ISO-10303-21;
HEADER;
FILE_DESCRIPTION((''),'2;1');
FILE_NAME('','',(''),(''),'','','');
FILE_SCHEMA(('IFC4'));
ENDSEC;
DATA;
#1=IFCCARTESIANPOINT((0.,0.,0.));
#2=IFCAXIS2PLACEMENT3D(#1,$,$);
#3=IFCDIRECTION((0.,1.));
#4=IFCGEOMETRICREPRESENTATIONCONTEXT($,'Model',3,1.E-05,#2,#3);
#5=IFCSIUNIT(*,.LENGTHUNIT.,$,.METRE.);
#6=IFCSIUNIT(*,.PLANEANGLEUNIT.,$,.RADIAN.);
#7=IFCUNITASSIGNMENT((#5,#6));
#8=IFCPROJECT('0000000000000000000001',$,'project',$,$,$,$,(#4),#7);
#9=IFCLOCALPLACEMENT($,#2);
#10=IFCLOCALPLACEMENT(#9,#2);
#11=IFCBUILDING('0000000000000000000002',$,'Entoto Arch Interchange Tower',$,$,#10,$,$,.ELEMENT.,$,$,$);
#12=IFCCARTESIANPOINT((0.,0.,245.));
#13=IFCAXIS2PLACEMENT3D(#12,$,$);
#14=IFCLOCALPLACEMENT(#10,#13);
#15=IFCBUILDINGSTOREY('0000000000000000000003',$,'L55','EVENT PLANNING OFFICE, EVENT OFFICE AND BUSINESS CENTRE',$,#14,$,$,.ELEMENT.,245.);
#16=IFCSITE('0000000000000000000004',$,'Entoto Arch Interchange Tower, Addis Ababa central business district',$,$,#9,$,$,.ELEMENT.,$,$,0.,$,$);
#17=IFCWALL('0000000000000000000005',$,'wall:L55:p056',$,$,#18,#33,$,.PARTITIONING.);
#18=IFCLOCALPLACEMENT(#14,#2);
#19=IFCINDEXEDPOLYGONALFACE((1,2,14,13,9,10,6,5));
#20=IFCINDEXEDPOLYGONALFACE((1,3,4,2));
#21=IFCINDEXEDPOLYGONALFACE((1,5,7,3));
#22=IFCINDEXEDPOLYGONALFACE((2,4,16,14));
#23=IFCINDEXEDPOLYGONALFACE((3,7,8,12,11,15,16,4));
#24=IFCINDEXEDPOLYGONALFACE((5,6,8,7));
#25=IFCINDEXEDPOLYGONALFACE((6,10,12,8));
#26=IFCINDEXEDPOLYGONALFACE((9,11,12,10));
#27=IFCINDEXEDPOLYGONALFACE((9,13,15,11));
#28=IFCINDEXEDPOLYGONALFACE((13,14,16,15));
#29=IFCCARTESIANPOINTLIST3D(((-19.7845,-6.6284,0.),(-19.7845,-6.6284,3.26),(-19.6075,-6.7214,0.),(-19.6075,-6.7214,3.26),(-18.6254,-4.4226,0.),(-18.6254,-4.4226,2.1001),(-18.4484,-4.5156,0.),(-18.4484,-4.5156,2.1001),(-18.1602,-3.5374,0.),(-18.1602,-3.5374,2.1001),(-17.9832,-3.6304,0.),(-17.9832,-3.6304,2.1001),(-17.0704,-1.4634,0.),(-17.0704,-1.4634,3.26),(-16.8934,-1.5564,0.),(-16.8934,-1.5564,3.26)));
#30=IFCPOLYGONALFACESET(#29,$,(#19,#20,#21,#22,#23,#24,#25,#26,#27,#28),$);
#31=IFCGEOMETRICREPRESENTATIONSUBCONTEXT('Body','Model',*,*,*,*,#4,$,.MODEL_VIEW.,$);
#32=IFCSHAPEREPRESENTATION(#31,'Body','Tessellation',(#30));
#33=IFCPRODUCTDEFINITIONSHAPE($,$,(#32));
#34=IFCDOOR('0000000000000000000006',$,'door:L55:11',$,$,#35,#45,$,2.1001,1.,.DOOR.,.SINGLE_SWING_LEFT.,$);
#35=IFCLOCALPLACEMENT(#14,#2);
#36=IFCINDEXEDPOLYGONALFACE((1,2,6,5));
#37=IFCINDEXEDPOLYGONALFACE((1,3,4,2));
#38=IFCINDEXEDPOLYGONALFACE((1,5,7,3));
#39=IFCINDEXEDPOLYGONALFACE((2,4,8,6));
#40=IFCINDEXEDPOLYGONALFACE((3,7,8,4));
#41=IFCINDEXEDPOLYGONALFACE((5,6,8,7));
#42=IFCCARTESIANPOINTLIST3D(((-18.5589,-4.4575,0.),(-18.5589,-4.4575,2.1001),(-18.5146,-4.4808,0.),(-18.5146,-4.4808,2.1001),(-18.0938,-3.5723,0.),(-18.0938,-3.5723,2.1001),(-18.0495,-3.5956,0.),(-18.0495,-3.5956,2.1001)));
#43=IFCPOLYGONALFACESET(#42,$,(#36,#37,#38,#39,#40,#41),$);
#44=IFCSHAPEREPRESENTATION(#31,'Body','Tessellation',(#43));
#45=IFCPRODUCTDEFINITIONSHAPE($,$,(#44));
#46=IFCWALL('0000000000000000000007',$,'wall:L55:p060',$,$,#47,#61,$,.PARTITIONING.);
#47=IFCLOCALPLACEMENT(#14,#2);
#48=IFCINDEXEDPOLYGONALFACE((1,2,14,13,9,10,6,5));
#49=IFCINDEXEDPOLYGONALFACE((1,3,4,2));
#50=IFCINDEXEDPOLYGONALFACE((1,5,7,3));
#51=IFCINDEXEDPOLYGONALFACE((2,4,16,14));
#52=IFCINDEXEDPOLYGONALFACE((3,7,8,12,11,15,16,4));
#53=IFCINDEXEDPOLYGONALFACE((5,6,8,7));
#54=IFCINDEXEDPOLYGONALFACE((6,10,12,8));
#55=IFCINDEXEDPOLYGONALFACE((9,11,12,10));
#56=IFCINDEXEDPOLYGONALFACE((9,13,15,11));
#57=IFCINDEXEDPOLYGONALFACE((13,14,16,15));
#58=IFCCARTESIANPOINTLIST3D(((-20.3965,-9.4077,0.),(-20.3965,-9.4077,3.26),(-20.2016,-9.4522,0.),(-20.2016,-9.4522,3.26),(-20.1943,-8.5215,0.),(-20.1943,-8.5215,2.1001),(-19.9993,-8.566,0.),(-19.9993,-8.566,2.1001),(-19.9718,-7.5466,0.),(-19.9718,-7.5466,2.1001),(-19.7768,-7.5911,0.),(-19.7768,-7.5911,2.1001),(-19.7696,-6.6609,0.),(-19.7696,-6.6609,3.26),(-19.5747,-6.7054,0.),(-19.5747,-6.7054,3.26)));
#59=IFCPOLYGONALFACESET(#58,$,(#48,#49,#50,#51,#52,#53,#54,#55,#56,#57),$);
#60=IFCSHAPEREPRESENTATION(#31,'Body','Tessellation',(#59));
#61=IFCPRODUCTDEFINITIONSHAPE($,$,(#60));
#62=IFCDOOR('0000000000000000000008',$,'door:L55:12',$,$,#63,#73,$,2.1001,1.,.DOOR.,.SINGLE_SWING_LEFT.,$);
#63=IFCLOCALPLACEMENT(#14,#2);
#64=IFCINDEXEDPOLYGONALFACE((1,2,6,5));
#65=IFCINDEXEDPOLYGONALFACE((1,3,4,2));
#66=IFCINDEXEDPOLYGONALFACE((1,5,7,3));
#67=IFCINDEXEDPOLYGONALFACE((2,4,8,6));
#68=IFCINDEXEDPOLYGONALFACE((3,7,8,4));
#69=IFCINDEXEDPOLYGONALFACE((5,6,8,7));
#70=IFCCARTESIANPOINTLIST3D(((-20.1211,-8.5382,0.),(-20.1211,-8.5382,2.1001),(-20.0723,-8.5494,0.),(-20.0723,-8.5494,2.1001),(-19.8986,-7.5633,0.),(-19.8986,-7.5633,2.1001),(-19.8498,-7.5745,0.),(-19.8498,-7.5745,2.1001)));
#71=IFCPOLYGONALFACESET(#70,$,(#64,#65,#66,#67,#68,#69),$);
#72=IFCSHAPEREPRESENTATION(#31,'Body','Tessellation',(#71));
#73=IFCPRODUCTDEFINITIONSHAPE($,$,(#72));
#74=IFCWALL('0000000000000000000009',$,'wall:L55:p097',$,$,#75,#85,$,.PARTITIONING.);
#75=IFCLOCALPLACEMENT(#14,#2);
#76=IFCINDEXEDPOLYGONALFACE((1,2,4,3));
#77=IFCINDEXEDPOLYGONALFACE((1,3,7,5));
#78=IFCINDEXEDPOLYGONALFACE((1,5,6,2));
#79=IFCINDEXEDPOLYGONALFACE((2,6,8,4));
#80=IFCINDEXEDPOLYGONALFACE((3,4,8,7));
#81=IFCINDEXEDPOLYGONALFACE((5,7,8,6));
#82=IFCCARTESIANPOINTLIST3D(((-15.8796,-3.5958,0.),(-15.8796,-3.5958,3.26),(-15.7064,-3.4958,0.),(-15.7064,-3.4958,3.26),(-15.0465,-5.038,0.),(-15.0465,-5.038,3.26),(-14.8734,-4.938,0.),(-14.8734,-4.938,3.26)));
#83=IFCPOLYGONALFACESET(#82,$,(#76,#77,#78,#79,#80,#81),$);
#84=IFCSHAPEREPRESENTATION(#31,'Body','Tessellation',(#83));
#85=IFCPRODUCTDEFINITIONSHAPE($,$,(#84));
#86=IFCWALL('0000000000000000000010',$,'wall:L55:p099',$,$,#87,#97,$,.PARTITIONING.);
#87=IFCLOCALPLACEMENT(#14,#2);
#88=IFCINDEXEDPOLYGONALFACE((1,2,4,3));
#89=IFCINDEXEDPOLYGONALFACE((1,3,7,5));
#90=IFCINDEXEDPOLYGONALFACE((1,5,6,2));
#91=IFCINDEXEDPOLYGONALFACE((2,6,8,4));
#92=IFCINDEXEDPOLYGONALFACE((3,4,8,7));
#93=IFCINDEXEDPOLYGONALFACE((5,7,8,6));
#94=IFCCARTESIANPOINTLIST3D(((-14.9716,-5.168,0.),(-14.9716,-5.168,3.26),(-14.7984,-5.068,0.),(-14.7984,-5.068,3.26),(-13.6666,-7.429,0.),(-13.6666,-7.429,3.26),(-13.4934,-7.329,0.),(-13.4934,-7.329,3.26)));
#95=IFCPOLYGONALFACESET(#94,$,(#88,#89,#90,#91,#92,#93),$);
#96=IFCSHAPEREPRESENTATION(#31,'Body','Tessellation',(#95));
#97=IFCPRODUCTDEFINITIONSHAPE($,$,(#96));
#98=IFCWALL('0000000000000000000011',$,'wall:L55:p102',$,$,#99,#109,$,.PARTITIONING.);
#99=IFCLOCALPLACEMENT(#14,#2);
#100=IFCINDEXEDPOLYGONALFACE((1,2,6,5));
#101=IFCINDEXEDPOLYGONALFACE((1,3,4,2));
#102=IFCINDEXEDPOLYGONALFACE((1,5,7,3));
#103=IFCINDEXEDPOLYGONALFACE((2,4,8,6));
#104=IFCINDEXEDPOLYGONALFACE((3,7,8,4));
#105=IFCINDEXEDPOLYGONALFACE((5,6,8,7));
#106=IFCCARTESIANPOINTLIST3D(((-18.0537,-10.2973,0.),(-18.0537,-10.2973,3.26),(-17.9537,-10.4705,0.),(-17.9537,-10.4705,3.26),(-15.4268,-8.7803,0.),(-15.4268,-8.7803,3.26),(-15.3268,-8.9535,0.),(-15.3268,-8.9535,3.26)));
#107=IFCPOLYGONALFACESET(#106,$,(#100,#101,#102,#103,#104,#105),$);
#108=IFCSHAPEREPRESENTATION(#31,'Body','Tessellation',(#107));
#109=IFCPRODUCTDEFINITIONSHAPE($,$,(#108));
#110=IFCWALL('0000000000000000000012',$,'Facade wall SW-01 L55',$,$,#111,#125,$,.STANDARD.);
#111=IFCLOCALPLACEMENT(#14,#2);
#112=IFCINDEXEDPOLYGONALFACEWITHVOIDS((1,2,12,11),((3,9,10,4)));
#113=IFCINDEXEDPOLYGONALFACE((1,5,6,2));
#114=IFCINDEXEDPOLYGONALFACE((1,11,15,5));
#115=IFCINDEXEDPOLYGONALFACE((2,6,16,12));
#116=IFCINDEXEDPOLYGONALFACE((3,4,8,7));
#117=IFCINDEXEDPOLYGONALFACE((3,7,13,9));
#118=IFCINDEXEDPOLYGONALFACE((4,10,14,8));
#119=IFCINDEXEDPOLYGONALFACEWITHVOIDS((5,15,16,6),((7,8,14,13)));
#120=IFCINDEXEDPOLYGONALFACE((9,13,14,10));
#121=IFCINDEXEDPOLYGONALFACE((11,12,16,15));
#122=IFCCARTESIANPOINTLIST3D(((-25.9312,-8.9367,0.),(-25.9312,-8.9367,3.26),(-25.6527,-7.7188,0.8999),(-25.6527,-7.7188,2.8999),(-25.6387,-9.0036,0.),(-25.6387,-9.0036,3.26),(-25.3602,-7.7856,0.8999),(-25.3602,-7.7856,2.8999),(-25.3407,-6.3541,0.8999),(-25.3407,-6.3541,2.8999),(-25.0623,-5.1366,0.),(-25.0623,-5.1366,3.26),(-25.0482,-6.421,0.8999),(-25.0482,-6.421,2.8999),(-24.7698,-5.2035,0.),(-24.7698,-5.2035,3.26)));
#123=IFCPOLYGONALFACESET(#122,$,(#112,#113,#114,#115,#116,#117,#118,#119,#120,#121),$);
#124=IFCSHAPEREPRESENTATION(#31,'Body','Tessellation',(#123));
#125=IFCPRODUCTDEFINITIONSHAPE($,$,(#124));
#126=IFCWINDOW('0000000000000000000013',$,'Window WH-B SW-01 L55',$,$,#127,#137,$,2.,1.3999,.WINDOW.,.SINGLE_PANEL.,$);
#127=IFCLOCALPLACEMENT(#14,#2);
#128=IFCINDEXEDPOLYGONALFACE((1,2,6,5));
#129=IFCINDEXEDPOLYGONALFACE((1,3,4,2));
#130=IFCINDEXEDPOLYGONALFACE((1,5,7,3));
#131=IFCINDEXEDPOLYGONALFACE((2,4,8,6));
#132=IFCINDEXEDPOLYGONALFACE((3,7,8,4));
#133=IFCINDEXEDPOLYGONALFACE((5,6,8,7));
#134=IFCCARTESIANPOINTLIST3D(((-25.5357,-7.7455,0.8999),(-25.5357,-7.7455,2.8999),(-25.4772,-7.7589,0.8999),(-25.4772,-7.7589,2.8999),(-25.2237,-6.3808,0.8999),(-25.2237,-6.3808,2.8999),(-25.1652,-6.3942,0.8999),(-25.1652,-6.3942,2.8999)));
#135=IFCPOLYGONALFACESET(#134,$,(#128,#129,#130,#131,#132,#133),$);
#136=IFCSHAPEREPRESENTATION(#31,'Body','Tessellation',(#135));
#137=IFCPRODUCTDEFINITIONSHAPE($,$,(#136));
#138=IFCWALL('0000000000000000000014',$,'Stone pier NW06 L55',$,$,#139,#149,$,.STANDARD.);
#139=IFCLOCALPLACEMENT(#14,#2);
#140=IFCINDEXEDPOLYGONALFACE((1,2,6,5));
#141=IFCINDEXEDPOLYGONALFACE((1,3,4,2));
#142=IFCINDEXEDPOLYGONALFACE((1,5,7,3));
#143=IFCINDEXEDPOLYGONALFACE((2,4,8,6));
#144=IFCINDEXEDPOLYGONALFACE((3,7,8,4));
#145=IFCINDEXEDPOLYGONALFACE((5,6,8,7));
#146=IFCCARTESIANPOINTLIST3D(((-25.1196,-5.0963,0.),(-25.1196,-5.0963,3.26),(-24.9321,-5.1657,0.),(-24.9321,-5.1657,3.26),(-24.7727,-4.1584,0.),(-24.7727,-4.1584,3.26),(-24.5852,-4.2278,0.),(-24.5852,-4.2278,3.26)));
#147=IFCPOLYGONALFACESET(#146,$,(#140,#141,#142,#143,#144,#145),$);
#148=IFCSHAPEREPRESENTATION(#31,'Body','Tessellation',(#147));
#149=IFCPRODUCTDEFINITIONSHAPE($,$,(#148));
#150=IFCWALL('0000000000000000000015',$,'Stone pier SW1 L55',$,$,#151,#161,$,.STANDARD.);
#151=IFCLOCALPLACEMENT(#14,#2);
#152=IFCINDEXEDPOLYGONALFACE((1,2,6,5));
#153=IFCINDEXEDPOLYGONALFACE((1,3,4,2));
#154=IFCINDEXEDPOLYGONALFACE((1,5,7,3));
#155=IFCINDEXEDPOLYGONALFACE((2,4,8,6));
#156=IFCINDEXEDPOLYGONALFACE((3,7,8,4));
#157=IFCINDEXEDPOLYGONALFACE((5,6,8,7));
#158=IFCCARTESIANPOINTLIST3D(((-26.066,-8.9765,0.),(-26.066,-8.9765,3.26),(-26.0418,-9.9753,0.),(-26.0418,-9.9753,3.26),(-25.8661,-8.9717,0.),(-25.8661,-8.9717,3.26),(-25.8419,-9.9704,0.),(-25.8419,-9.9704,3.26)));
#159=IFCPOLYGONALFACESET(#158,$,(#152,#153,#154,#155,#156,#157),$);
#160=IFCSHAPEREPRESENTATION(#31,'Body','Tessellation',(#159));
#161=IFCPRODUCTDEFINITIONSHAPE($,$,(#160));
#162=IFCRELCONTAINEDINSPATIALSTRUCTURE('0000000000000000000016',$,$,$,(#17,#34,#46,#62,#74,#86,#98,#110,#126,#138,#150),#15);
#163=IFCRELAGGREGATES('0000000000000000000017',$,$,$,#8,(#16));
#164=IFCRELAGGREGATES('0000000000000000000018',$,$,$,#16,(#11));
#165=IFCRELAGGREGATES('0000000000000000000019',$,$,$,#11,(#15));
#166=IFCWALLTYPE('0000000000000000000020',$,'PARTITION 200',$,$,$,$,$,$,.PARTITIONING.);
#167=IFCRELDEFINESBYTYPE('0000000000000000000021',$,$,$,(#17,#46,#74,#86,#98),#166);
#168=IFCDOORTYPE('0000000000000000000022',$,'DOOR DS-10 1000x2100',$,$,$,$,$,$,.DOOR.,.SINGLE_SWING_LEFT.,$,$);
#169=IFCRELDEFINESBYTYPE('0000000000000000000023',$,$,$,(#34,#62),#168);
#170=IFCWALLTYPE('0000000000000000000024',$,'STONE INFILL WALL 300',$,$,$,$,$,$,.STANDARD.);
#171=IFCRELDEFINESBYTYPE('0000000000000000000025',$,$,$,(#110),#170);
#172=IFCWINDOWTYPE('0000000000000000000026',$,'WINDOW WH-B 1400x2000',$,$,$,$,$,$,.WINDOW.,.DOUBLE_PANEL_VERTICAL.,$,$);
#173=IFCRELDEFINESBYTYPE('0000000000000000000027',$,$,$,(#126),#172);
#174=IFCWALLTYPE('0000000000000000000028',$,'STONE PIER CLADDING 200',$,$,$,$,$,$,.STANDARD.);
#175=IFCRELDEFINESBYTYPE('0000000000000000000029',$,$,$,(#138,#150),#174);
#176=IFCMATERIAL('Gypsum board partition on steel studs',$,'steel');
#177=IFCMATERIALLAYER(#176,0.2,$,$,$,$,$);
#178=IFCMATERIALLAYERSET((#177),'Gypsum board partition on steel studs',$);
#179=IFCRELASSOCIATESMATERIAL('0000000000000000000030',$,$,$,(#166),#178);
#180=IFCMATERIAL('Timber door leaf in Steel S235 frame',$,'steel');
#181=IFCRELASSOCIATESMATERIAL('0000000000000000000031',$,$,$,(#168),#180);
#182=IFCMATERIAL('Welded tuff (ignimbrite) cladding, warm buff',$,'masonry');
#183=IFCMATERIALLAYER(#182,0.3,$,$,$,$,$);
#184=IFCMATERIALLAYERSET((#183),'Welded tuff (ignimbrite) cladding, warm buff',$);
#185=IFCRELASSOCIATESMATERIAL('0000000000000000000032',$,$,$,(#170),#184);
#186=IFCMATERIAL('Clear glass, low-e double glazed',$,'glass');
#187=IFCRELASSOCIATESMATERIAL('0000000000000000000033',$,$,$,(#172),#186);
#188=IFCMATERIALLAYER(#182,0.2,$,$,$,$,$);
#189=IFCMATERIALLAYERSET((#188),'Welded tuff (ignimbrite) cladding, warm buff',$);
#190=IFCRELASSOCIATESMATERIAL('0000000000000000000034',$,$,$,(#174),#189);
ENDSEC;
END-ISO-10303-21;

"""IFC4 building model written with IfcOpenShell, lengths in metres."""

from ifc_helpers import new_model, si_unit, direction, frame, frame_2d, origin, place, context, subcontext, project, spatial, rectangle, extrude, material, layer, layer_set, type_object, element, fill, save


model = new_model("IFC4")

# Units and contexts
model_context = context("Model", 3, precision=1e-05, world=origin(), true_north=direction((0.0, 1.0)))
body_context = subcontext(model_context, "Body", "Model", "MODEL_VIEW")
ifc_project = project(units=[si_unit("LENGTHUNIT", "METRE"), si_unit("PLANEANGLEUNIT", "RADIAN")], contexts=[model_context])

# Site, building, storey
site_placement = place(None, origin())
site = spatial("IfcSite", under=ifc_project, at=site_placement, Name="Entoto Arch Interchange Tower, Addis Ababa central business district", CompositionType="ELEMENT", RefElevation=0.0)
building_placement = place(site_placement, origin())
building = spatial("IfcBuilding", under=site, at=building_placement, Name="Entoto Arch Interchange Tower", CompositionType="ELEMENT")
storey_placement = place(building_placement, frame((0.0, 0.0, 245.0)))
storey = spatial("IfcBuildingStorey", under=building, at=storey_placement, Name="L55", Description="EVENT PLANNING OFFICE, EVENT OFFICE AND BUSINESS CENTRE", CompositionType="ELEMENT", Elevation=245.0)

# Shared definitions
ifc_material_1 = material(Name="Gypsum board partition on steel studs", Category="steel")
ifc_layer_1 = layer(ifc_material_1, 0.2)
ifc_layer_set_1 = layer_set([ifc_layer_1], Name="Gypsum board partition on steel studs")
wall_type_1 = type_object("IfcWallType", Name="PARTITION 200", PredefinedType="PARTITIONING", material=ifc_layer_set_1)

# Shared definitions
ifc_material_2 = material(Name="Timber door leaf in Steel S235 frame", Category="steel")
door_type = type_object("IfcDoorType", Name="DOOR DS-10 1000x2100", OperationType="SINGLE_SWING_LEFT", PredefinedType="DOOR", material=ifc_material_2)

# Walls, openings, doors
wall_1_placement = place(storey_placement, frame((-19.696, -6.675, 0.0), z_axis=(0.0, 0.0, 1.0), x_axis=(0.465165, 0.885224, 0.0)))
wall_1 = element("IfcWall", 1, at=wall_1_placement, inside=storey, type_object=wall_type_1, Name="wall:L55:p056", PredefinedType="PARTITIONING", context=body_context, shape_type="SweptSolid", body=[
    extrude(rectangle(XDim=5.8347, YDim=0.2, at=frame_2d((2.9175, 0.0))), origin(), (0.0, 0.0, 1.0), 3.26),
])
opening_1_placement = place(wall_1_placement, frame((2.4919, 0.0, 0.0)))
opening_1 = element("IfcOpeningElement", 2, at=opening_1_placement, cuts=wall_1, PredefinedType="OPENING", context=body_context, shape_type="SweptSolid", body=[
    extrude(rectangle(XDim=1.0, YDim=2.1001, at=frame_2d((0.5, 1.05))), frame((0.0, 0.1099, 0.0), z_axis=(0.0, -1.0, 0.0), x_axis=(1.0, 0.0, 0.0)), (0.0, 0.0, 1.0), 0.22),
])
door_1_placement = place(opening_1_placement, origin())
door_1 = element("IfcDoor", 3, at=door_1_placement, inside=storey, type_object=door_type, Name="door:L55:11", OperationType="SINGLE_SWING_LEFT", OverallHeight=2.1001, OverallWidth=1.0, PredefinedType="DOOR", context=body_context, shape_type="SweptSolid", body=[
    extrude(rectangle(XDim=1.0, YDim=2.1001, at=frame_2d((0.5, 1.05))), frame((0.0, 0.0249, 0.0), z_axis=(0.0, -1.0, 0.0), x_axis=(1.0, 0.0, 0.0)), (0.0, 0.0, 1.0), 0.05),
])
fill(opening_1, door_1)
wall_2_placement = place(storey_placement, frame((-20.2991, -9.4299, 0.0), z_axis=(0.0, 0.0, 1.0), x_axis=(0.222524, 0.974927, 0.0)))
wall_2 = element("IfcWall", 4, at=wall_2_placement, inside=storey, type_object=wall_type_1, Name="wall:L55:p060", PredefinedType="PARTITIONING", context=body_context, shape_type="SweptSolid", body=[
    extrude(rectangle(XDim=2.8174, YDim=0.2, at=frame_2d((1.4087, 0.0))), origin(), (0.0, 0.0, 1.0), 3.26),
])
opening_2_placement = place(wall_2_placement, frame((0.9089, 0.0, 0.0)))
opening_2 = element("IfcOpeningElement", 5, at=opening_2_placement, cuts=wall_2, PredefinedType="OPENING", context=body_context, shape_type="SweptSolid", body=[
    extrude(rectangle(XDim=1.0, YDim=2.1001, at=frame_2d((0.5, 1.05))), frame((0.0, 0.1099, 0.0), z_axis=(0.0, -1.0, 0.0), x_axis=(1.0, 0.0, 0.0)), (0.0, 0.0, 1.0), 0.22),
])
door_2_placement = place(opening_2_placement, origin())
door_2 = element("IfcDoor", 6, at=door_2_placement, inside=storey, type_object=door_type, Name="door:L55:12", OperationType="SINGLE_SWING_LEFT", OverallHeight=2.1001, OverallWidth=1.0, PredefinedType="DOOR", context=body_context, shape_type="SweptSolid", body=[
    extrude(rectangle(XDim=1.0, YDim=2.1001, at=frame_2d((0.5, 1.05))), frame((0.0, 0.0249, 0.0), z_axis=(0.0, -1.0, 0.0), x_axis=(1.0, 0.0, 0.0)), (0.0, 0.0, 1.0), 0.05),
])
fill(opening_2, door_2)

# Walls
wall_3_placement = place(storey_placement, frame((-14.96, -4.988, 0.0), z_axis=(0.0, 0.0, 1.0), x_axis=(-0.500175, 0.865924, 0.0)))
element("IfcWall", 7, at=wall_3_placement, inside=storey, type_object=wall_type_1, Name="wall:L55:p097", PredefinedType="PARTITIONING", context=body_context, shape_type="SweptSolid", body=[
    extrude(rectangle(XDim=1.6655, YDim=0.2, at=frame_2d((0.8328, 0.0))), origin(), (0.0, 0.0, 1.0), 3.26),
])
wall_4_placement = place(storey_placement, frame((-13.5801, -7.3789, 0.0), z_axis=(0.0, 0.0, 1.0), x_axis=(-0.499871, 0.8661, 0.0)))
element("IfcWall", 8, at=wall_4_placement, inside=storey, type_object=wall_type_1, Name="wall:L55:p099", PredefinedType="PARTITIONING", context=body_context, shape_type="SweptSolid", body=[
    extrude(rectangle(XDim=2.6106, YDim=0.2, at=frame_2d((1.3052, 0.0))), origin(), (0.0, 0.0, 1.0), 3.26),
])
wall_5_placement = place(storey_placement, frame((-15.377, -8.8669, 0.0), z_axis=(0.0, 0.0, 1.0), x_axis=(-0.865966, -0.500103, 0.0)))
element("IfcWall", 9, at=wall_5_placement, inside=storey, type_object=wall_type_1, Name="wall:L55:p102", PredefinedType="PARTITIONING", context=body_context, shape_type="SweptSolid", body=[
    extrude(rectangle(XDim=3.0334, YDim=0.2, at=frame_2d((1.5166, 0.0))), origin(), (0.0, 0.0, 1.0), 3.26),
])

# Wall, opening, window
ifc_material_3 = material(Name="Welded tuff (ignimbrite) cladding, warm buff", Category="masonry")
ifc_layer_2 = layer(ifc_material_3, 0.3)
ifc_layer_set_2 = layer_set([ifc_layer_2], Name="Welded tuff (ignimbrite) cladding, warm buff")
wall_type_2 = type_object("IfcWallType", Name="STONE INFILL WALL 300", PredefinedType="STANDARD", material=ifc_layer_set_2)
wall_6_placement = place(storey_placement, frame((-24.916, -5.1699, 0.0), z_axis=(0.0, 0.0, 1.0), x_axis=(-0.222901, -0.974841, 0.0)))
wall_6 = element("IfcWall", 10, at=wall_6_placement, inside=storey, type_object=wall_type_2, Name="Facade wall SW-01 L55", PredefinedType="STANDARD", context=body_context, shape_type="SweptSolid", body=[
    extrude(rectangle(XDim=3.8982, YDim=0.3, at=frame_2d((1.9492, 0.0))), origin(), (0.0, 0.0, 1.0), 3.26),
])
opening_3_placement = place(wall_6_placement, frame((1.249, 0.0, 0.8999)))
opening_3 = element("IfcOpeningElement", 11, at=opening_3_placement, cuts=wall_6, PredefinedType="OPENING", context=body_context, shape_type="SweptSolid", body=[
    extrude(rectangle(XDim=1.3999, YDim=2.0, at=frame_2d((0.7, 1.0))), frame((0.0, 0.1602, 0.0), z_axis=(0.0, -1.0, 0.0), x_axis=(1.0, 0.0, 0.0)), (0.0, 0.0, 1.0), 0.3201),
])
ifc_material_4 = material(Name="Clear glass, low-e double glazed", Category="glass")
window_type = type_object("IfcWindowType", Name="WINDOW WH-B 1400x2000", PartitioningType="DOUBLE_PANEL_VERTICAL", PredefinedType="WINDOW", material=ifc_material_4)
window_placement = place(opening_3_placement, origin())
window = element("IfcWindow", 12, at=window_placement, inside=storey, type_object=window_type, Name="Window WH-B SW-01 L55", OverallHeight=2.0, OverallWidth=1.3999, PartitioningType="SINGLE_PANEL", PredefinedType="WINDOW", context=body_context, shape_type="SweptSolid", body=[
    extrude(rectangle(XDim=1.3999, YDim=2.0, at=frame_2d((0.7, 1.0))), frame((0.0, 0.03, 0.0), z_axis=(0.0, -1.0, 0.0), x_axis=(1.0, 0.0, 0.0)), (0.0, 0.0, 1.0), 0.0601),
])
fill(opening_3, window)

# Walls
ifc_layer_3 = layer(ifc_material_3, 0.2)
ifc_layer_set_3 = layer_set([ifc_layer_3], Name="Welded tuff (ignimbrite) cladding, warm buff")
wall_type_3 = type_object("IfcWallType", Name="STONE PIER CLADDING 200", PredefinedType="STANDARD", material=ifc_layer_set_3)
wall_7_placement = place(storey_placement, frame((-24.679, -4.1931, 0.0), z_axis=(0.0, 0.0, 1.0), x_axis=(-0.346893, -0.937905, 0.0)))
element("IfcWall", 13, at=wall_7_placement, inside=storey, type_object=wall_type_3, Name="Stone pier NW06 L55", PredefinedType="STANDARD", context=body_context, shape_type="SweptSolid", body=[
    extrude(rectangle(XDim=1.0, YDim=0.2, at=frame_2d((0.5, 0.0))), origin(), (0.0, 0.0, 1.0), 3.26),
])
wall_8_placement = place(storey_placement, frame((-25.9661, -8.9741, 0.0), z_axis=(0.0, 0.0, 1.0), x_axis=(0.024192, -0.999707, 0.0)))
element("IfcWall", 14, at=wall_8_placement, inside=storey, type_object=wall_type_3, Name="Stone pier SW1 L55", PredefinedType="STANDARD", context=body_context, shape_type="SweptSolid", body=[
    extrude(rectangle(XDim=0.999, YDim=0.2, at=frame_2d((0.4995, 0.0))), origin(), (0.0, 0.0, 1.0), 3.26),
])

save(model, "model.ifc")
